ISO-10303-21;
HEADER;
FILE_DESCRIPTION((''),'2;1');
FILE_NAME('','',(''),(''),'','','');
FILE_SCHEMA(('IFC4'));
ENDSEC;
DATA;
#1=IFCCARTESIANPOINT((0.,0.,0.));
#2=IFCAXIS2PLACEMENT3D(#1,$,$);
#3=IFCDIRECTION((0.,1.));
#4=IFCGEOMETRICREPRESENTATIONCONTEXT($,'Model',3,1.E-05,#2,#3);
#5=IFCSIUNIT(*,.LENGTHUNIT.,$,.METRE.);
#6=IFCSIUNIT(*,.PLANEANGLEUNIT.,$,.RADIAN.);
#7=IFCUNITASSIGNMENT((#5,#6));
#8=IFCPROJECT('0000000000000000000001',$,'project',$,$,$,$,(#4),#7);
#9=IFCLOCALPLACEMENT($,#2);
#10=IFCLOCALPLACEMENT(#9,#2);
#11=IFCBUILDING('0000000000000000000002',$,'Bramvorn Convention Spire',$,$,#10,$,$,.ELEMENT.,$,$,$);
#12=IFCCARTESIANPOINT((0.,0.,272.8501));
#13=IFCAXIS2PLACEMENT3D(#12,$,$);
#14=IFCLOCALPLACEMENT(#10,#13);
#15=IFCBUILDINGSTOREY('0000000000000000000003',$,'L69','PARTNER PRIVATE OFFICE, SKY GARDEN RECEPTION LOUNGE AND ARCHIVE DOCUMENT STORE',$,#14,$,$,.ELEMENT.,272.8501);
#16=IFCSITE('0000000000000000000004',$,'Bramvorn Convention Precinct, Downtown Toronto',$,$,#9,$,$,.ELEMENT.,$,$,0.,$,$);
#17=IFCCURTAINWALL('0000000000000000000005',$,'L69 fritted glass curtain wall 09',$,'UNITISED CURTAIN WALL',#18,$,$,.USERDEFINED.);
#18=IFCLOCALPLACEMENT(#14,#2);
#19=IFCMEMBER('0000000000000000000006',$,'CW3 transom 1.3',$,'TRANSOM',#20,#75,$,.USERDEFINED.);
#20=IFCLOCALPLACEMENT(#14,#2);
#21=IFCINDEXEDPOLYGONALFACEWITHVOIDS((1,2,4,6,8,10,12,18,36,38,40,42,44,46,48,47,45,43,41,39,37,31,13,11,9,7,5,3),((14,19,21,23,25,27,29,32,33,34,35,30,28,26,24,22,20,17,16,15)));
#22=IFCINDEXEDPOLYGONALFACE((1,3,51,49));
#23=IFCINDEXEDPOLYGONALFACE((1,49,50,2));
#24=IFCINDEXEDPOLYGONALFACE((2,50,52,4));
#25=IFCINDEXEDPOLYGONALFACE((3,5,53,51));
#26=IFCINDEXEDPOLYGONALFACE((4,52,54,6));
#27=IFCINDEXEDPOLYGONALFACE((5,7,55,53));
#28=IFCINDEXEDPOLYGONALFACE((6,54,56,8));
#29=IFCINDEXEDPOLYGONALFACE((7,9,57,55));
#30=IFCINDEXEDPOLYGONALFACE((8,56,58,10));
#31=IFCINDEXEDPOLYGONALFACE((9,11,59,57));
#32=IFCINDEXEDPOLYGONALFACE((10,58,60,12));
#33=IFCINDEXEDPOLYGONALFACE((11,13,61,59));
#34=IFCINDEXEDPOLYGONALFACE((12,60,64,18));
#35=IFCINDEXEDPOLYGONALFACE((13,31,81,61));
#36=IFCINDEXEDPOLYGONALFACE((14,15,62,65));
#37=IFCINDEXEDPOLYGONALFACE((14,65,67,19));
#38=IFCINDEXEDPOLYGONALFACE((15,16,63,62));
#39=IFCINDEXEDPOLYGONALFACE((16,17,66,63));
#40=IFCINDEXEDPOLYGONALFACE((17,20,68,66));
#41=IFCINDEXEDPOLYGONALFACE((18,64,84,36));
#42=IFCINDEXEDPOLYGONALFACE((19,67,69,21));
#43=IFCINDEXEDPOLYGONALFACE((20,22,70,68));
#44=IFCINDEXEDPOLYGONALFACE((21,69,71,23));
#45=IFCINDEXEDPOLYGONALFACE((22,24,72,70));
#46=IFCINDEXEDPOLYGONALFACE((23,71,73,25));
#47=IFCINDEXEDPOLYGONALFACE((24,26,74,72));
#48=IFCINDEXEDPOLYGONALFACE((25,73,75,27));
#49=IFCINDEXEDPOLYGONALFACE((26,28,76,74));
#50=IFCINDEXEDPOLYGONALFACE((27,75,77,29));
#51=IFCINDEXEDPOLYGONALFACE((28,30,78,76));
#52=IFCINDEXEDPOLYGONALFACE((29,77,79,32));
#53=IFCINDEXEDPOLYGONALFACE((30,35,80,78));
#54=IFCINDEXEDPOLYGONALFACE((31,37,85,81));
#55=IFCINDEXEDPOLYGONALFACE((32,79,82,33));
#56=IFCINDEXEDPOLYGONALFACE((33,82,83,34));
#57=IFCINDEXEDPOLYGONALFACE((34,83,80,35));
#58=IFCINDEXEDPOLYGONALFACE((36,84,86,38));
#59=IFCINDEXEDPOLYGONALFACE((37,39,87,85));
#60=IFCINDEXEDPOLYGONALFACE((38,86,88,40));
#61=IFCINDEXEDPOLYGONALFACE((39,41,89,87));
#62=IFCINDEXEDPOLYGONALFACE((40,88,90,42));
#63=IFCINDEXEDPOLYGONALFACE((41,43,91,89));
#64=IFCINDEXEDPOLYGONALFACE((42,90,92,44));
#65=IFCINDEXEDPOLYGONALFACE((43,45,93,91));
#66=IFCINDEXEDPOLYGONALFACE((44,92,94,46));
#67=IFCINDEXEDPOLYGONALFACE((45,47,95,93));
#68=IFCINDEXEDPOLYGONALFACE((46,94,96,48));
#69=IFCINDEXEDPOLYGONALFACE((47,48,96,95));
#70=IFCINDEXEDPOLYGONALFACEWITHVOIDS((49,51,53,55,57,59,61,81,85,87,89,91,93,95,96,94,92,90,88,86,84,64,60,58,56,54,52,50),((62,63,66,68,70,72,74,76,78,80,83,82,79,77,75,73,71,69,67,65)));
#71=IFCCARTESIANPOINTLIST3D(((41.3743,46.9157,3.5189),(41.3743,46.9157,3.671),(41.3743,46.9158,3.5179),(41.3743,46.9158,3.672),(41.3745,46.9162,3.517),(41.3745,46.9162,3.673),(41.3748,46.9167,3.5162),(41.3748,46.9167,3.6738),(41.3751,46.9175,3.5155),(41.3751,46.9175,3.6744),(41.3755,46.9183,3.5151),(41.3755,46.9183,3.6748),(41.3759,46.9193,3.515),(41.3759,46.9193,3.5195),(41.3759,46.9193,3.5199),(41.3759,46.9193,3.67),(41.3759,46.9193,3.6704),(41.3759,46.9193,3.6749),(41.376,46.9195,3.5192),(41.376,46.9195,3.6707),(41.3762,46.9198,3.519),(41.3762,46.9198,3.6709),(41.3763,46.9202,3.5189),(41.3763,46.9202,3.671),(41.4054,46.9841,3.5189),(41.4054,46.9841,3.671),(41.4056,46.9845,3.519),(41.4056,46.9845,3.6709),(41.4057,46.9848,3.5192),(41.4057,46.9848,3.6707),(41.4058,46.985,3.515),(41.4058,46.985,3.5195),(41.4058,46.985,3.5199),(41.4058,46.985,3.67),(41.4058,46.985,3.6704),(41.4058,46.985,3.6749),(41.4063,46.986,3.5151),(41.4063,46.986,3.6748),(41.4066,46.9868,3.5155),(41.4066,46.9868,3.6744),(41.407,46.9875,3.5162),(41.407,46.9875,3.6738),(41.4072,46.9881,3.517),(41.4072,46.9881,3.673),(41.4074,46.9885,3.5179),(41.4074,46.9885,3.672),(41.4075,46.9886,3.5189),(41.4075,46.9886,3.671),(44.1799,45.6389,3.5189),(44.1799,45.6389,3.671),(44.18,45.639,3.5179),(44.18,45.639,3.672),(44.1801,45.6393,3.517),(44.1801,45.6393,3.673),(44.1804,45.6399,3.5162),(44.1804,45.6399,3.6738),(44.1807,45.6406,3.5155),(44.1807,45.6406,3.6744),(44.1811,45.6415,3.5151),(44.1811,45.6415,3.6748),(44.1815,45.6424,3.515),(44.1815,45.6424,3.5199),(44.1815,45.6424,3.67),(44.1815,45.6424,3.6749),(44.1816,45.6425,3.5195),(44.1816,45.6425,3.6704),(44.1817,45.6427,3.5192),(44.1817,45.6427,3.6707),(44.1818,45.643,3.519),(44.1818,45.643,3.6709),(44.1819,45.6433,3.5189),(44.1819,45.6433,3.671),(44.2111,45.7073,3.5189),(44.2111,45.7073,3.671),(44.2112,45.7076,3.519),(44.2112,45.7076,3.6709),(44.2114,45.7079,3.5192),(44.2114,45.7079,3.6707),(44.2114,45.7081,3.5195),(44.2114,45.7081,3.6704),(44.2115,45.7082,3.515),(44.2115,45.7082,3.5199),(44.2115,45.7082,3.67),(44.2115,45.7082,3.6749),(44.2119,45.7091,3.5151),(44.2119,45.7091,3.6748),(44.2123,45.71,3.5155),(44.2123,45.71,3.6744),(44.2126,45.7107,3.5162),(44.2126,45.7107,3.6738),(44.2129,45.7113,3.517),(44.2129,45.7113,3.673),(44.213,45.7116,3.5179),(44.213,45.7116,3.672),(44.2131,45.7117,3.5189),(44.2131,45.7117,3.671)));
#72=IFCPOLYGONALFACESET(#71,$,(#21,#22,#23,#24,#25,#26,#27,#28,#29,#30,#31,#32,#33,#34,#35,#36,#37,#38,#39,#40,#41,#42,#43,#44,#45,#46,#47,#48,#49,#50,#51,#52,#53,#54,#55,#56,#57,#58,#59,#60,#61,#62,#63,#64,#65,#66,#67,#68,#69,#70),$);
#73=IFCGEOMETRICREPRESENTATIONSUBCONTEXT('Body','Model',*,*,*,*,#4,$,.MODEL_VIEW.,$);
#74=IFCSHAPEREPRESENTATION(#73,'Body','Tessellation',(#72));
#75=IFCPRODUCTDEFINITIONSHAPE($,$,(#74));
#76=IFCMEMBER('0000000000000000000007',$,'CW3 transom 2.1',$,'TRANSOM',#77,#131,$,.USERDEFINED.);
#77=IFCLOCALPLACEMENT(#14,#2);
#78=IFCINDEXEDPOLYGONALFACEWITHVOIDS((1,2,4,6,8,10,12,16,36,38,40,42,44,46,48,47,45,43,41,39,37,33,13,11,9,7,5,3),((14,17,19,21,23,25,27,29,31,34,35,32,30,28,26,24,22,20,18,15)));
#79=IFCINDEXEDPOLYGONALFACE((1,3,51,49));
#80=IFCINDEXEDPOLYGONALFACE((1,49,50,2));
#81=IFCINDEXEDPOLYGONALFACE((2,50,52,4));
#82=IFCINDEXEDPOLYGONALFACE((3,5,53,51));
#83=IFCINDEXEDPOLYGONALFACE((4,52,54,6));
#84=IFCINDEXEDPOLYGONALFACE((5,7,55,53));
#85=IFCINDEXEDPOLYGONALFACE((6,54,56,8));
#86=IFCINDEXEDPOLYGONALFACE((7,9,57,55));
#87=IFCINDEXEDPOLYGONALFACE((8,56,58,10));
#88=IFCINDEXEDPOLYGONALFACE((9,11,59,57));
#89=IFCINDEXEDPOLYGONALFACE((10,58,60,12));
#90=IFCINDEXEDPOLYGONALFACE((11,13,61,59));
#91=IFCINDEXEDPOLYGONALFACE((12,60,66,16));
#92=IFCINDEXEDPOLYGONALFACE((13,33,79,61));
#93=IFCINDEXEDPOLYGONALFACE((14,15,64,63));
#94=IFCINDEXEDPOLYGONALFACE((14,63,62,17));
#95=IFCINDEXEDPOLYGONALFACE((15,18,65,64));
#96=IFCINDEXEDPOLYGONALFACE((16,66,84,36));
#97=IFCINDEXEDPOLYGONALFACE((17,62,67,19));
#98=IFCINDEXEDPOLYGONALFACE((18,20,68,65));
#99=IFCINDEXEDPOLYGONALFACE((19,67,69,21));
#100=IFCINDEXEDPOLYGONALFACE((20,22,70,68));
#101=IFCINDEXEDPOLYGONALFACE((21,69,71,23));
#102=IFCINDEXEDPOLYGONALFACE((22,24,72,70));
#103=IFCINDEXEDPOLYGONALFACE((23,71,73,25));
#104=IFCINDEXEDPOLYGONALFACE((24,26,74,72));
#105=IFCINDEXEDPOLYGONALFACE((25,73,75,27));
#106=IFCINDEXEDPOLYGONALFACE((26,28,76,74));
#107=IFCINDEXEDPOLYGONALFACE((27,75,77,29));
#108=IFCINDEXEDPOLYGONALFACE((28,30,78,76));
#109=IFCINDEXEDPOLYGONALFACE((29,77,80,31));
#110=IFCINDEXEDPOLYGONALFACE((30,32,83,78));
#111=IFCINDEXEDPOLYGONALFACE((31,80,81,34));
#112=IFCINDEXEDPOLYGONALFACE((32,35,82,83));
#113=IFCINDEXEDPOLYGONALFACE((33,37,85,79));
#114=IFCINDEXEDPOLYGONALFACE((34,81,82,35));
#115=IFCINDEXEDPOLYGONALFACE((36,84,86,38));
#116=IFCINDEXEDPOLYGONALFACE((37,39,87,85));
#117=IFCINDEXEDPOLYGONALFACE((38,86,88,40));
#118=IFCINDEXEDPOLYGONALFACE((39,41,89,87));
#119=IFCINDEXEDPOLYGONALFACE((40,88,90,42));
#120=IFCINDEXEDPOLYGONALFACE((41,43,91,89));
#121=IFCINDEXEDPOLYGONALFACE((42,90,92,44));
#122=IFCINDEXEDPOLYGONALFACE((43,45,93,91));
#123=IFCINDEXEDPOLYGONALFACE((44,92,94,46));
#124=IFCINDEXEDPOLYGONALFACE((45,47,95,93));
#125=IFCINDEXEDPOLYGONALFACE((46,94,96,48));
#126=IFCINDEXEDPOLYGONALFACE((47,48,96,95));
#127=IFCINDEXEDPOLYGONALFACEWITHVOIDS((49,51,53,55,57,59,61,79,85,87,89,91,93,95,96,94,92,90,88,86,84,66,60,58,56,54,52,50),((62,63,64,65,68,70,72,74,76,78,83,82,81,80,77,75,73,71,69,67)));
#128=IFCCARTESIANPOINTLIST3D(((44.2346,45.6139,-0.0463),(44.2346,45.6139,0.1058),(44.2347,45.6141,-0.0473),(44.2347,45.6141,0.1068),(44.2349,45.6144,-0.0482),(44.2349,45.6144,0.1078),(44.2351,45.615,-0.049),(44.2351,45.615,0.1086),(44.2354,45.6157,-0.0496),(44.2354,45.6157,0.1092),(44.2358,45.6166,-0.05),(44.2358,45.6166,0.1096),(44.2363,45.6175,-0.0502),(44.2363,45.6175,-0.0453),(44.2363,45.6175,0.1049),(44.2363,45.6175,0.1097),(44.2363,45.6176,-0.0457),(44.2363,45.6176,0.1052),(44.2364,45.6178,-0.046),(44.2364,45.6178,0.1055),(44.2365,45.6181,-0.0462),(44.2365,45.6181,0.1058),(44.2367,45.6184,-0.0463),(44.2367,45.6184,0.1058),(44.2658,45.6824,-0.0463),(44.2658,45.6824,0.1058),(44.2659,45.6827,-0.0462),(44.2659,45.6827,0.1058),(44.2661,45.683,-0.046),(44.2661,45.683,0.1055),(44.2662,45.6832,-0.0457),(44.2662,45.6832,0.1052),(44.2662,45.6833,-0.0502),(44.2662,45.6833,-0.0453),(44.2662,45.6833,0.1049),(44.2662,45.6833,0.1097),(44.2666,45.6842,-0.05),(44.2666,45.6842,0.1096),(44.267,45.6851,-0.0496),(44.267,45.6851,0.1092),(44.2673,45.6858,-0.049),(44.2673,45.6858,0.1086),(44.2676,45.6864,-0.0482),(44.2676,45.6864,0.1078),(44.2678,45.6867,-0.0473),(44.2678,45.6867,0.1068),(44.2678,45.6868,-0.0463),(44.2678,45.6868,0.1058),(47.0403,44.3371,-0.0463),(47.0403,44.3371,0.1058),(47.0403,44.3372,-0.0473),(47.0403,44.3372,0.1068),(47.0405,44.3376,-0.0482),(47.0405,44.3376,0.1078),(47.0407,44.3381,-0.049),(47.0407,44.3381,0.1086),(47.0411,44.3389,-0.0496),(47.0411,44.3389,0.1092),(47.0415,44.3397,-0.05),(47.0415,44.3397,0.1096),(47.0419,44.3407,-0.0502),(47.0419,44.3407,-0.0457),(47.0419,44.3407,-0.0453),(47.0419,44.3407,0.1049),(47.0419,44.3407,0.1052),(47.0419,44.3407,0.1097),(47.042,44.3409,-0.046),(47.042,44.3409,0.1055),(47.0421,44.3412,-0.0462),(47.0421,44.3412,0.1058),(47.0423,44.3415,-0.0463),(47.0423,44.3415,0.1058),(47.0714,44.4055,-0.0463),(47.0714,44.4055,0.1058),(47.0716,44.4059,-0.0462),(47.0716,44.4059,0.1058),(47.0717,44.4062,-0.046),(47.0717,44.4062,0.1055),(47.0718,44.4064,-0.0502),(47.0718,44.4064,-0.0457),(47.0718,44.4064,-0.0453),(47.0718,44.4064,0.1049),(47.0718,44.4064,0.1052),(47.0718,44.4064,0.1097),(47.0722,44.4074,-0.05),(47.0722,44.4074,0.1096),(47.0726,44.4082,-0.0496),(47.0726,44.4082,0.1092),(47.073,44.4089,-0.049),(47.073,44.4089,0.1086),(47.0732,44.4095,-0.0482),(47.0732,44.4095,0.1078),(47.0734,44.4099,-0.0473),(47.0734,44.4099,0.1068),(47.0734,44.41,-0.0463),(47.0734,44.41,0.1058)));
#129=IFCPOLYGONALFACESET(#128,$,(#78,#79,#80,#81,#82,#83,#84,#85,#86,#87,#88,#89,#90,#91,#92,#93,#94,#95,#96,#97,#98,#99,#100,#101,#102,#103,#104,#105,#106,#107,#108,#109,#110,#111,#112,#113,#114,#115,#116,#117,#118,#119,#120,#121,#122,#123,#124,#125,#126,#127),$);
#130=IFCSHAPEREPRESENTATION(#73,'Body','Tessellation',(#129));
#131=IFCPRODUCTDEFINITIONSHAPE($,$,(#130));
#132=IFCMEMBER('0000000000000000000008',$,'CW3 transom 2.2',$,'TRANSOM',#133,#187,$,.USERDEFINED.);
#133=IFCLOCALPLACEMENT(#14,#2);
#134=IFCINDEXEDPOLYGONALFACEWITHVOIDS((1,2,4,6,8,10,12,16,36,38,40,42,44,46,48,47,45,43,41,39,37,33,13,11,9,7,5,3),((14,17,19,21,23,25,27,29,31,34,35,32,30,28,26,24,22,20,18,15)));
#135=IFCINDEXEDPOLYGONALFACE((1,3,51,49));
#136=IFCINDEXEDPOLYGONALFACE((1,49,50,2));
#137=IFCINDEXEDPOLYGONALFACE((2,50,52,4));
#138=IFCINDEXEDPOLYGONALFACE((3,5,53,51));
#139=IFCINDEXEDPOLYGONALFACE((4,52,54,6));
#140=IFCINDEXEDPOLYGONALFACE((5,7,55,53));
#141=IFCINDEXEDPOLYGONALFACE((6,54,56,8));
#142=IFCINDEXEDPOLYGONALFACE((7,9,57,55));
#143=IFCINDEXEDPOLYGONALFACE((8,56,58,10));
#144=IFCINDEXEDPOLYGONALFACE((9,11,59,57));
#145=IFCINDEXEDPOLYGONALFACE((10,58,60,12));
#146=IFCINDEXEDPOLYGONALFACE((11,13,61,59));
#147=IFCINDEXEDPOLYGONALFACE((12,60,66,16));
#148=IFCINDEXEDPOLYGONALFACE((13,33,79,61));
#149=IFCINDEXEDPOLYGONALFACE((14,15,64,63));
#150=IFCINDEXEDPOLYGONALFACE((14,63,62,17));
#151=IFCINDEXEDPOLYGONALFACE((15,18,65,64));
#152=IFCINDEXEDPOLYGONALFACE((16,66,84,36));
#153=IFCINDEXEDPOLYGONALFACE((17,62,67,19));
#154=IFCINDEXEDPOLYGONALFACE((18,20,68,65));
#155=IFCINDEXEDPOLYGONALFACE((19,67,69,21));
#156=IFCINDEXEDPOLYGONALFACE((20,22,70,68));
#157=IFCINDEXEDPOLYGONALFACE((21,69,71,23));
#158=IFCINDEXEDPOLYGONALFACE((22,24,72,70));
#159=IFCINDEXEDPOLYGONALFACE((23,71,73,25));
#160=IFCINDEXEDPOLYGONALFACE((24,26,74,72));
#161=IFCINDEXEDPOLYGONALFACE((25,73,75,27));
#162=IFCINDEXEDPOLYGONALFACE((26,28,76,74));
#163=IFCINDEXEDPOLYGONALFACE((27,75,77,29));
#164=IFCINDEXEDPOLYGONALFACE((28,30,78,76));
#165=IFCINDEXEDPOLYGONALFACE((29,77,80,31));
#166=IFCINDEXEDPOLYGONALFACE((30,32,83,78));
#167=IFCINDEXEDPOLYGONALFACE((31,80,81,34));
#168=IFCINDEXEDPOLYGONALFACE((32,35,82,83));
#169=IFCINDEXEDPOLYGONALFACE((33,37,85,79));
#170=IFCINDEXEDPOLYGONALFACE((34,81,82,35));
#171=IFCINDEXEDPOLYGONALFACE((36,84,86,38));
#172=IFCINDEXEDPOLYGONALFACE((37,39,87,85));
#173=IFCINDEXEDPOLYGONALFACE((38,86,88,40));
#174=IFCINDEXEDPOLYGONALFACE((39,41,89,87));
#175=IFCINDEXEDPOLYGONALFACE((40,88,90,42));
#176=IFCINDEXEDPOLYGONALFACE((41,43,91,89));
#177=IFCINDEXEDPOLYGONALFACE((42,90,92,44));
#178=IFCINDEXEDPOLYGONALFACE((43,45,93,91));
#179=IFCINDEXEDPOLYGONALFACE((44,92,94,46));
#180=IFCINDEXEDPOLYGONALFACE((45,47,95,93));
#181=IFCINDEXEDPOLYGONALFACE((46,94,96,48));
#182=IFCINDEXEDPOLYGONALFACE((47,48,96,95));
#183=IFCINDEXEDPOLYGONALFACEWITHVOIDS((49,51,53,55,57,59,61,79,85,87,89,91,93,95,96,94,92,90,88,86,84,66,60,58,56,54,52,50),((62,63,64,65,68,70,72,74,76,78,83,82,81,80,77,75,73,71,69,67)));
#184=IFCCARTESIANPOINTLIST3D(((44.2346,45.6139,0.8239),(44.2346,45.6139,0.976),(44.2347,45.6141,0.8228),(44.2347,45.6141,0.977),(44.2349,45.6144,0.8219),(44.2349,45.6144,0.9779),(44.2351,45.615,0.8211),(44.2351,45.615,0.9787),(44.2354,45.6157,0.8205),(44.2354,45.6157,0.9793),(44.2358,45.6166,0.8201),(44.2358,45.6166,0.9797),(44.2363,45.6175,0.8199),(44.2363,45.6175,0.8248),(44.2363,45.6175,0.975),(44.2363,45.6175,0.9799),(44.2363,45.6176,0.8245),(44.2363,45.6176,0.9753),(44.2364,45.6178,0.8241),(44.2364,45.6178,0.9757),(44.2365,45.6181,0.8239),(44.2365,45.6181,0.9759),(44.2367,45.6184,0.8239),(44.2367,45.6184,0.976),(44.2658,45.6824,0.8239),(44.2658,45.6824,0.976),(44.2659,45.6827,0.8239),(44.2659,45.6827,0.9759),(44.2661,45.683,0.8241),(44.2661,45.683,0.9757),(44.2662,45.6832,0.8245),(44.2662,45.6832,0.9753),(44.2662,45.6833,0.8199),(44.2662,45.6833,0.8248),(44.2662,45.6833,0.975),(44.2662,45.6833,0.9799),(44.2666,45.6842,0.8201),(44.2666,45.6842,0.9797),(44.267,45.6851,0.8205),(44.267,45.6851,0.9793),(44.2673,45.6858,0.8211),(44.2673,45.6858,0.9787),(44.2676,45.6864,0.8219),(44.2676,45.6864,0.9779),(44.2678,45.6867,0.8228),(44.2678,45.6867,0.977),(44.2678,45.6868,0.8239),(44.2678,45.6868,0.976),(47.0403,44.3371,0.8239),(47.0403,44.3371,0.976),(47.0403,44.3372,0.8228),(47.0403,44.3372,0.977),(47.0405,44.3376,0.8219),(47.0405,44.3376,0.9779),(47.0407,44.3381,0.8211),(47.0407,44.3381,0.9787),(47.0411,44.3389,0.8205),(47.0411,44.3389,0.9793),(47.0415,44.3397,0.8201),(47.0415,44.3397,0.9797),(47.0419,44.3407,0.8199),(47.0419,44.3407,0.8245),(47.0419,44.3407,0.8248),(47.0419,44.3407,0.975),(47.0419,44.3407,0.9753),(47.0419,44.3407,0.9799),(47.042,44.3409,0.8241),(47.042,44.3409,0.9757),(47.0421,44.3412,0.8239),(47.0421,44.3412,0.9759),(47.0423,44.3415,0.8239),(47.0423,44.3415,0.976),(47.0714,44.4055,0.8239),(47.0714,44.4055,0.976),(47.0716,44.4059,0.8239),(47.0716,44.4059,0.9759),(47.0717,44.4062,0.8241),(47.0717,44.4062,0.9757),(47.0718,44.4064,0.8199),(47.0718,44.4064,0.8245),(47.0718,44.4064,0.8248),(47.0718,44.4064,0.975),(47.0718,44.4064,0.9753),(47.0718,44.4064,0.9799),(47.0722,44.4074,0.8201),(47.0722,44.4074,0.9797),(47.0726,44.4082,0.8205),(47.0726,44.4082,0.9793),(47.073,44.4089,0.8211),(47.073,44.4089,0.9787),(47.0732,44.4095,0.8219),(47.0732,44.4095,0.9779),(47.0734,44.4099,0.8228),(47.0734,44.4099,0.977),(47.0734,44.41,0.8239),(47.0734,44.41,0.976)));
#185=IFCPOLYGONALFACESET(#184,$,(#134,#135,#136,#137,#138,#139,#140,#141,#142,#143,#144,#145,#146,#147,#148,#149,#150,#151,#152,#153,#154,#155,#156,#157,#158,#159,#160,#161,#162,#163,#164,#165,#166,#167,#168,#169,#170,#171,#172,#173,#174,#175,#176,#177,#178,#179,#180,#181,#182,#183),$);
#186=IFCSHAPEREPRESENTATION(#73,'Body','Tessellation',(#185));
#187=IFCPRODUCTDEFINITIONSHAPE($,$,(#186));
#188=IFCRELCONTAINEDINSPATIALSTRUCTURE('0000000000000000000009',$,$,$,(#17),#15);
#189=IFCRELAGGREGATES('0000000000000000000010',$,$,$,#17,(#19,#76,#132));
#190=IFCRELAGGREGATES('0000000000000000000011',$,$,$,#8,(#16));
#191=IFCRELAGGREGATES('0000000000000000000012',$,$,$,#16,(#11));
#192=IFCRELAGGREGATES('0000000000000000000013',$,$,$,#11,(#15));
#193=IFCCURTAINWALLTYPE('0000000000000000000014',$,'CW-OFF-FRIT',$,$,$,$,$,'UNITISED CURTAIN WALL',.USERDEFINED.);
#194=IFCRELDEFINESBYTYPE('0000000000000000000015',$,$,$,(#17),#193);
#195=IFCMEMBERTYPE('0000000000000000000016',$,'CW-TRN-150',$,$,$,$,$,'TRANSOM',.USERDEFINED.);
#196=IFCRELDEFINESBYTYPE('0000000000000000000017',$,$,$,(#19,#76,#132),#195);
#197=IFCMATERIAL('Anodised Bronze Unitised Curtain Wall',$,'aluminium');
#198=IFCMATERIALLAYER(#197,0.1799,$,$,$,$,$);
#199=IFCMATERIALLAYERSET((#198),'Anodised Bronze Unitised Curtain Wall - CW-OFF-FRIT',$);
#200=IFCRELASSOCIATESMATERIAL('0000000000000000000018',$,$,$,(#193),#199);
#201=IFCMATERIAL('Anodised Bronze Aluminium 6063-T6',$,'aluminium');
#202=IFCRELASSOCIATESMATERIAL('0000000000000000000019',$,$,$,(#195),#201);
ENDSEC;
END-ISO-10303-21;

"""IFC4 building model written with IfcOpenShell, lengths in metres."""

from ifc_helpers import new_model, si_unit, direction, frame, origin, origin_2d, place, context, subcontext, project, spatial, hollow_rectangle, extrude, material, layer, layer_set, material_profile, profile_set, type_object, element, aggregate, save


model = new_model("IFC4")

# Units and contexts
model_context = context("Model", 3, precision=1e-05, world=origin(), true_north=direction((0.0, 1.0)))
body_context = subcontext(model_context, "Body", "Model", "MODEL_VIEW")
ifc_project = project(units=[si_unit("LENGTHUNIT", "METRE"), si_unit("PLANEANGLEUNIT", "RADIAN")], contexts=[model_context])

# Site, building, storey
site_placement = place(None, origin())
site = spatial("IfcSite", under=ifc_project, at=site_placement, Name="Bramvorn Convention Precinct, Downtown Toronto", CompositionType="ELEMENT", RefElevation=0.0)
building_placement = place(site_placement, origin())
building = spatial("IfcBuilding", under=site, at=building_placement, Name="Bramvorn Convention Spire", CompositionType="ELEMENT")
storey_placement = place(building_placement, frame((0.0, 0.0, 272.8501)))
storey = spatial("IfcBuildingStorey", under=building, at=storey_placement, Name="L69", Description="PARTNER PRIVATE OFFICE, SKY GARDEN RECEPTION LOUNGE AND ARCHIVE DOCUMENT STORE", CompositionType="ELEMENT", Elevation=272.8501)

# Curtain wall
ifc_material_1 = material(Name="Anodised Bronze Unitised Curtain Wall", Category="aluminium")
ifc_layer_1 = layer(ifc_material_1, 0.1799)
ifc_layer_set_1 = layer_set([ifc_layer_1], Name="Anodised Bronze Unitised Curtain Wall - CW-OFF-FRIT")
curtain_wall_type = type_object("IfcCurtainWallType", Name="CW-OFF-FRIT", ElementType="UNITISED CURTAIN WALL", PredefinedType="USERDEFINED", material=ifc_layer_set_1)
ifc_material_2 = material(Name="Anodised Bronze Aluminium 6063-T6", Category="aluminium")
curtain_wall_1_placement = place(storey_placement, origin())
curtain_wall_1 = element("IfcCurtainWall", 1, at=curtain_wall_1_placement, inside=storey, type_object=curtain_wall_type, Name="L69 fritted glass curtain wall 09", ObjectType="UNITISED CURTAIN WALL", PredefinedType="USERDEFINED")

# Members
ifc_material_profile_1 = material_profile(ifc_material_2, hollow_rectangle(XDim=0.0801, YDim=0.1599, WallThickness=0.0039, InnerFilletRadius=0.001, OuterFilletRadius=0.0039, at=origin_2d()))
ifc_profile_set_1 = profile_set([ifc_material_profile_1], Name="Anodised Bronze Aluminium 6063-T6 - CWT80X160")
member_type_1 = type_object("IfcMemberType", Name="CW-TRN-150", ElementType="TRANSOM", PredefinedType="USERDEFINED", material=ifc_profile_set_1)
member_1_placement = place(storey_placement, frame((41.3909, 46.9521, 3.595), z_axis=(0.910177, -0.414221, 0.0), x_axis=(0.414221, 0.910177, 0.0)))
member_1 = element("IfcMember", 2, at=member_1_placement, type_object=member_type_1, Name="CW3 transom 1.3", ObjectType="TRANSOM", PredefinedType="USERDEFINED", context=body_context, shape_type="SweptSolid", body=[
    extrude(hollow_rectangle(XDim=0.0801, YDim=0.1599, WallThickness=0.0039, InnerFilletRadius=0.001, OuterFilletRadius=0.0039, at=origin_2d()), origin(), (0.0, 0.0, 1.0), 3.0825),
])
member_2_placement = place(storey_placement, frame((44.2512, 45.6504, 0.0298), z_axis=(0.910177, -0.414221, 0.0), x_axis=(0.414221, 0.910177, 0.0)))
member_2 = element("IfcMember", 3, at=member_2_placement, type_object=member_type_1, Name="CW3 transom 2.1", ObjectType="TRANSOM", PredefinedType="USERDEFINED", context=body_context, shape_type="SweptSolid", body=[
    extrude(hollow_rectangle(XDim=0.0801, YDim=0.1599, WallThickness=0.0039, InnerFilletRadius=0.001, OuterFilletRadius=0.0039, at=origin_2d()), origin(), (0.0, 0.0, 1.0), 3.0825),
])
member_3_placement = place(storey_placement, frame((44.2512, 45.6504, 0.8999), z_axis=(0.910177, -0.414221, 0.0), x_axis=(0.414221, 0.910177, 0.0)))
member_3 = element("IfcMember", 4, at=member_3_placement, type_object=member_type_1, Name="CW3 transom 2.2", ObjectType="TRANSOM", PredefinedType="USERDEFINED", context=body_context, shape_type="SweptSolid", body=[
    extrude(hollow_rectangle(XDim=0.0801, YDim=0.1599, WallThickness=0.0039, InnerFilletRadius=0.001, OuterFilletRadius=0.0039, at=origin_2d()), origin(), (0.0, 0.0, 1.0), 3.0825),
])

aggregate(curtain_wall_1, [member_1, member_2, member_3])

save(model, "model.ifc")
